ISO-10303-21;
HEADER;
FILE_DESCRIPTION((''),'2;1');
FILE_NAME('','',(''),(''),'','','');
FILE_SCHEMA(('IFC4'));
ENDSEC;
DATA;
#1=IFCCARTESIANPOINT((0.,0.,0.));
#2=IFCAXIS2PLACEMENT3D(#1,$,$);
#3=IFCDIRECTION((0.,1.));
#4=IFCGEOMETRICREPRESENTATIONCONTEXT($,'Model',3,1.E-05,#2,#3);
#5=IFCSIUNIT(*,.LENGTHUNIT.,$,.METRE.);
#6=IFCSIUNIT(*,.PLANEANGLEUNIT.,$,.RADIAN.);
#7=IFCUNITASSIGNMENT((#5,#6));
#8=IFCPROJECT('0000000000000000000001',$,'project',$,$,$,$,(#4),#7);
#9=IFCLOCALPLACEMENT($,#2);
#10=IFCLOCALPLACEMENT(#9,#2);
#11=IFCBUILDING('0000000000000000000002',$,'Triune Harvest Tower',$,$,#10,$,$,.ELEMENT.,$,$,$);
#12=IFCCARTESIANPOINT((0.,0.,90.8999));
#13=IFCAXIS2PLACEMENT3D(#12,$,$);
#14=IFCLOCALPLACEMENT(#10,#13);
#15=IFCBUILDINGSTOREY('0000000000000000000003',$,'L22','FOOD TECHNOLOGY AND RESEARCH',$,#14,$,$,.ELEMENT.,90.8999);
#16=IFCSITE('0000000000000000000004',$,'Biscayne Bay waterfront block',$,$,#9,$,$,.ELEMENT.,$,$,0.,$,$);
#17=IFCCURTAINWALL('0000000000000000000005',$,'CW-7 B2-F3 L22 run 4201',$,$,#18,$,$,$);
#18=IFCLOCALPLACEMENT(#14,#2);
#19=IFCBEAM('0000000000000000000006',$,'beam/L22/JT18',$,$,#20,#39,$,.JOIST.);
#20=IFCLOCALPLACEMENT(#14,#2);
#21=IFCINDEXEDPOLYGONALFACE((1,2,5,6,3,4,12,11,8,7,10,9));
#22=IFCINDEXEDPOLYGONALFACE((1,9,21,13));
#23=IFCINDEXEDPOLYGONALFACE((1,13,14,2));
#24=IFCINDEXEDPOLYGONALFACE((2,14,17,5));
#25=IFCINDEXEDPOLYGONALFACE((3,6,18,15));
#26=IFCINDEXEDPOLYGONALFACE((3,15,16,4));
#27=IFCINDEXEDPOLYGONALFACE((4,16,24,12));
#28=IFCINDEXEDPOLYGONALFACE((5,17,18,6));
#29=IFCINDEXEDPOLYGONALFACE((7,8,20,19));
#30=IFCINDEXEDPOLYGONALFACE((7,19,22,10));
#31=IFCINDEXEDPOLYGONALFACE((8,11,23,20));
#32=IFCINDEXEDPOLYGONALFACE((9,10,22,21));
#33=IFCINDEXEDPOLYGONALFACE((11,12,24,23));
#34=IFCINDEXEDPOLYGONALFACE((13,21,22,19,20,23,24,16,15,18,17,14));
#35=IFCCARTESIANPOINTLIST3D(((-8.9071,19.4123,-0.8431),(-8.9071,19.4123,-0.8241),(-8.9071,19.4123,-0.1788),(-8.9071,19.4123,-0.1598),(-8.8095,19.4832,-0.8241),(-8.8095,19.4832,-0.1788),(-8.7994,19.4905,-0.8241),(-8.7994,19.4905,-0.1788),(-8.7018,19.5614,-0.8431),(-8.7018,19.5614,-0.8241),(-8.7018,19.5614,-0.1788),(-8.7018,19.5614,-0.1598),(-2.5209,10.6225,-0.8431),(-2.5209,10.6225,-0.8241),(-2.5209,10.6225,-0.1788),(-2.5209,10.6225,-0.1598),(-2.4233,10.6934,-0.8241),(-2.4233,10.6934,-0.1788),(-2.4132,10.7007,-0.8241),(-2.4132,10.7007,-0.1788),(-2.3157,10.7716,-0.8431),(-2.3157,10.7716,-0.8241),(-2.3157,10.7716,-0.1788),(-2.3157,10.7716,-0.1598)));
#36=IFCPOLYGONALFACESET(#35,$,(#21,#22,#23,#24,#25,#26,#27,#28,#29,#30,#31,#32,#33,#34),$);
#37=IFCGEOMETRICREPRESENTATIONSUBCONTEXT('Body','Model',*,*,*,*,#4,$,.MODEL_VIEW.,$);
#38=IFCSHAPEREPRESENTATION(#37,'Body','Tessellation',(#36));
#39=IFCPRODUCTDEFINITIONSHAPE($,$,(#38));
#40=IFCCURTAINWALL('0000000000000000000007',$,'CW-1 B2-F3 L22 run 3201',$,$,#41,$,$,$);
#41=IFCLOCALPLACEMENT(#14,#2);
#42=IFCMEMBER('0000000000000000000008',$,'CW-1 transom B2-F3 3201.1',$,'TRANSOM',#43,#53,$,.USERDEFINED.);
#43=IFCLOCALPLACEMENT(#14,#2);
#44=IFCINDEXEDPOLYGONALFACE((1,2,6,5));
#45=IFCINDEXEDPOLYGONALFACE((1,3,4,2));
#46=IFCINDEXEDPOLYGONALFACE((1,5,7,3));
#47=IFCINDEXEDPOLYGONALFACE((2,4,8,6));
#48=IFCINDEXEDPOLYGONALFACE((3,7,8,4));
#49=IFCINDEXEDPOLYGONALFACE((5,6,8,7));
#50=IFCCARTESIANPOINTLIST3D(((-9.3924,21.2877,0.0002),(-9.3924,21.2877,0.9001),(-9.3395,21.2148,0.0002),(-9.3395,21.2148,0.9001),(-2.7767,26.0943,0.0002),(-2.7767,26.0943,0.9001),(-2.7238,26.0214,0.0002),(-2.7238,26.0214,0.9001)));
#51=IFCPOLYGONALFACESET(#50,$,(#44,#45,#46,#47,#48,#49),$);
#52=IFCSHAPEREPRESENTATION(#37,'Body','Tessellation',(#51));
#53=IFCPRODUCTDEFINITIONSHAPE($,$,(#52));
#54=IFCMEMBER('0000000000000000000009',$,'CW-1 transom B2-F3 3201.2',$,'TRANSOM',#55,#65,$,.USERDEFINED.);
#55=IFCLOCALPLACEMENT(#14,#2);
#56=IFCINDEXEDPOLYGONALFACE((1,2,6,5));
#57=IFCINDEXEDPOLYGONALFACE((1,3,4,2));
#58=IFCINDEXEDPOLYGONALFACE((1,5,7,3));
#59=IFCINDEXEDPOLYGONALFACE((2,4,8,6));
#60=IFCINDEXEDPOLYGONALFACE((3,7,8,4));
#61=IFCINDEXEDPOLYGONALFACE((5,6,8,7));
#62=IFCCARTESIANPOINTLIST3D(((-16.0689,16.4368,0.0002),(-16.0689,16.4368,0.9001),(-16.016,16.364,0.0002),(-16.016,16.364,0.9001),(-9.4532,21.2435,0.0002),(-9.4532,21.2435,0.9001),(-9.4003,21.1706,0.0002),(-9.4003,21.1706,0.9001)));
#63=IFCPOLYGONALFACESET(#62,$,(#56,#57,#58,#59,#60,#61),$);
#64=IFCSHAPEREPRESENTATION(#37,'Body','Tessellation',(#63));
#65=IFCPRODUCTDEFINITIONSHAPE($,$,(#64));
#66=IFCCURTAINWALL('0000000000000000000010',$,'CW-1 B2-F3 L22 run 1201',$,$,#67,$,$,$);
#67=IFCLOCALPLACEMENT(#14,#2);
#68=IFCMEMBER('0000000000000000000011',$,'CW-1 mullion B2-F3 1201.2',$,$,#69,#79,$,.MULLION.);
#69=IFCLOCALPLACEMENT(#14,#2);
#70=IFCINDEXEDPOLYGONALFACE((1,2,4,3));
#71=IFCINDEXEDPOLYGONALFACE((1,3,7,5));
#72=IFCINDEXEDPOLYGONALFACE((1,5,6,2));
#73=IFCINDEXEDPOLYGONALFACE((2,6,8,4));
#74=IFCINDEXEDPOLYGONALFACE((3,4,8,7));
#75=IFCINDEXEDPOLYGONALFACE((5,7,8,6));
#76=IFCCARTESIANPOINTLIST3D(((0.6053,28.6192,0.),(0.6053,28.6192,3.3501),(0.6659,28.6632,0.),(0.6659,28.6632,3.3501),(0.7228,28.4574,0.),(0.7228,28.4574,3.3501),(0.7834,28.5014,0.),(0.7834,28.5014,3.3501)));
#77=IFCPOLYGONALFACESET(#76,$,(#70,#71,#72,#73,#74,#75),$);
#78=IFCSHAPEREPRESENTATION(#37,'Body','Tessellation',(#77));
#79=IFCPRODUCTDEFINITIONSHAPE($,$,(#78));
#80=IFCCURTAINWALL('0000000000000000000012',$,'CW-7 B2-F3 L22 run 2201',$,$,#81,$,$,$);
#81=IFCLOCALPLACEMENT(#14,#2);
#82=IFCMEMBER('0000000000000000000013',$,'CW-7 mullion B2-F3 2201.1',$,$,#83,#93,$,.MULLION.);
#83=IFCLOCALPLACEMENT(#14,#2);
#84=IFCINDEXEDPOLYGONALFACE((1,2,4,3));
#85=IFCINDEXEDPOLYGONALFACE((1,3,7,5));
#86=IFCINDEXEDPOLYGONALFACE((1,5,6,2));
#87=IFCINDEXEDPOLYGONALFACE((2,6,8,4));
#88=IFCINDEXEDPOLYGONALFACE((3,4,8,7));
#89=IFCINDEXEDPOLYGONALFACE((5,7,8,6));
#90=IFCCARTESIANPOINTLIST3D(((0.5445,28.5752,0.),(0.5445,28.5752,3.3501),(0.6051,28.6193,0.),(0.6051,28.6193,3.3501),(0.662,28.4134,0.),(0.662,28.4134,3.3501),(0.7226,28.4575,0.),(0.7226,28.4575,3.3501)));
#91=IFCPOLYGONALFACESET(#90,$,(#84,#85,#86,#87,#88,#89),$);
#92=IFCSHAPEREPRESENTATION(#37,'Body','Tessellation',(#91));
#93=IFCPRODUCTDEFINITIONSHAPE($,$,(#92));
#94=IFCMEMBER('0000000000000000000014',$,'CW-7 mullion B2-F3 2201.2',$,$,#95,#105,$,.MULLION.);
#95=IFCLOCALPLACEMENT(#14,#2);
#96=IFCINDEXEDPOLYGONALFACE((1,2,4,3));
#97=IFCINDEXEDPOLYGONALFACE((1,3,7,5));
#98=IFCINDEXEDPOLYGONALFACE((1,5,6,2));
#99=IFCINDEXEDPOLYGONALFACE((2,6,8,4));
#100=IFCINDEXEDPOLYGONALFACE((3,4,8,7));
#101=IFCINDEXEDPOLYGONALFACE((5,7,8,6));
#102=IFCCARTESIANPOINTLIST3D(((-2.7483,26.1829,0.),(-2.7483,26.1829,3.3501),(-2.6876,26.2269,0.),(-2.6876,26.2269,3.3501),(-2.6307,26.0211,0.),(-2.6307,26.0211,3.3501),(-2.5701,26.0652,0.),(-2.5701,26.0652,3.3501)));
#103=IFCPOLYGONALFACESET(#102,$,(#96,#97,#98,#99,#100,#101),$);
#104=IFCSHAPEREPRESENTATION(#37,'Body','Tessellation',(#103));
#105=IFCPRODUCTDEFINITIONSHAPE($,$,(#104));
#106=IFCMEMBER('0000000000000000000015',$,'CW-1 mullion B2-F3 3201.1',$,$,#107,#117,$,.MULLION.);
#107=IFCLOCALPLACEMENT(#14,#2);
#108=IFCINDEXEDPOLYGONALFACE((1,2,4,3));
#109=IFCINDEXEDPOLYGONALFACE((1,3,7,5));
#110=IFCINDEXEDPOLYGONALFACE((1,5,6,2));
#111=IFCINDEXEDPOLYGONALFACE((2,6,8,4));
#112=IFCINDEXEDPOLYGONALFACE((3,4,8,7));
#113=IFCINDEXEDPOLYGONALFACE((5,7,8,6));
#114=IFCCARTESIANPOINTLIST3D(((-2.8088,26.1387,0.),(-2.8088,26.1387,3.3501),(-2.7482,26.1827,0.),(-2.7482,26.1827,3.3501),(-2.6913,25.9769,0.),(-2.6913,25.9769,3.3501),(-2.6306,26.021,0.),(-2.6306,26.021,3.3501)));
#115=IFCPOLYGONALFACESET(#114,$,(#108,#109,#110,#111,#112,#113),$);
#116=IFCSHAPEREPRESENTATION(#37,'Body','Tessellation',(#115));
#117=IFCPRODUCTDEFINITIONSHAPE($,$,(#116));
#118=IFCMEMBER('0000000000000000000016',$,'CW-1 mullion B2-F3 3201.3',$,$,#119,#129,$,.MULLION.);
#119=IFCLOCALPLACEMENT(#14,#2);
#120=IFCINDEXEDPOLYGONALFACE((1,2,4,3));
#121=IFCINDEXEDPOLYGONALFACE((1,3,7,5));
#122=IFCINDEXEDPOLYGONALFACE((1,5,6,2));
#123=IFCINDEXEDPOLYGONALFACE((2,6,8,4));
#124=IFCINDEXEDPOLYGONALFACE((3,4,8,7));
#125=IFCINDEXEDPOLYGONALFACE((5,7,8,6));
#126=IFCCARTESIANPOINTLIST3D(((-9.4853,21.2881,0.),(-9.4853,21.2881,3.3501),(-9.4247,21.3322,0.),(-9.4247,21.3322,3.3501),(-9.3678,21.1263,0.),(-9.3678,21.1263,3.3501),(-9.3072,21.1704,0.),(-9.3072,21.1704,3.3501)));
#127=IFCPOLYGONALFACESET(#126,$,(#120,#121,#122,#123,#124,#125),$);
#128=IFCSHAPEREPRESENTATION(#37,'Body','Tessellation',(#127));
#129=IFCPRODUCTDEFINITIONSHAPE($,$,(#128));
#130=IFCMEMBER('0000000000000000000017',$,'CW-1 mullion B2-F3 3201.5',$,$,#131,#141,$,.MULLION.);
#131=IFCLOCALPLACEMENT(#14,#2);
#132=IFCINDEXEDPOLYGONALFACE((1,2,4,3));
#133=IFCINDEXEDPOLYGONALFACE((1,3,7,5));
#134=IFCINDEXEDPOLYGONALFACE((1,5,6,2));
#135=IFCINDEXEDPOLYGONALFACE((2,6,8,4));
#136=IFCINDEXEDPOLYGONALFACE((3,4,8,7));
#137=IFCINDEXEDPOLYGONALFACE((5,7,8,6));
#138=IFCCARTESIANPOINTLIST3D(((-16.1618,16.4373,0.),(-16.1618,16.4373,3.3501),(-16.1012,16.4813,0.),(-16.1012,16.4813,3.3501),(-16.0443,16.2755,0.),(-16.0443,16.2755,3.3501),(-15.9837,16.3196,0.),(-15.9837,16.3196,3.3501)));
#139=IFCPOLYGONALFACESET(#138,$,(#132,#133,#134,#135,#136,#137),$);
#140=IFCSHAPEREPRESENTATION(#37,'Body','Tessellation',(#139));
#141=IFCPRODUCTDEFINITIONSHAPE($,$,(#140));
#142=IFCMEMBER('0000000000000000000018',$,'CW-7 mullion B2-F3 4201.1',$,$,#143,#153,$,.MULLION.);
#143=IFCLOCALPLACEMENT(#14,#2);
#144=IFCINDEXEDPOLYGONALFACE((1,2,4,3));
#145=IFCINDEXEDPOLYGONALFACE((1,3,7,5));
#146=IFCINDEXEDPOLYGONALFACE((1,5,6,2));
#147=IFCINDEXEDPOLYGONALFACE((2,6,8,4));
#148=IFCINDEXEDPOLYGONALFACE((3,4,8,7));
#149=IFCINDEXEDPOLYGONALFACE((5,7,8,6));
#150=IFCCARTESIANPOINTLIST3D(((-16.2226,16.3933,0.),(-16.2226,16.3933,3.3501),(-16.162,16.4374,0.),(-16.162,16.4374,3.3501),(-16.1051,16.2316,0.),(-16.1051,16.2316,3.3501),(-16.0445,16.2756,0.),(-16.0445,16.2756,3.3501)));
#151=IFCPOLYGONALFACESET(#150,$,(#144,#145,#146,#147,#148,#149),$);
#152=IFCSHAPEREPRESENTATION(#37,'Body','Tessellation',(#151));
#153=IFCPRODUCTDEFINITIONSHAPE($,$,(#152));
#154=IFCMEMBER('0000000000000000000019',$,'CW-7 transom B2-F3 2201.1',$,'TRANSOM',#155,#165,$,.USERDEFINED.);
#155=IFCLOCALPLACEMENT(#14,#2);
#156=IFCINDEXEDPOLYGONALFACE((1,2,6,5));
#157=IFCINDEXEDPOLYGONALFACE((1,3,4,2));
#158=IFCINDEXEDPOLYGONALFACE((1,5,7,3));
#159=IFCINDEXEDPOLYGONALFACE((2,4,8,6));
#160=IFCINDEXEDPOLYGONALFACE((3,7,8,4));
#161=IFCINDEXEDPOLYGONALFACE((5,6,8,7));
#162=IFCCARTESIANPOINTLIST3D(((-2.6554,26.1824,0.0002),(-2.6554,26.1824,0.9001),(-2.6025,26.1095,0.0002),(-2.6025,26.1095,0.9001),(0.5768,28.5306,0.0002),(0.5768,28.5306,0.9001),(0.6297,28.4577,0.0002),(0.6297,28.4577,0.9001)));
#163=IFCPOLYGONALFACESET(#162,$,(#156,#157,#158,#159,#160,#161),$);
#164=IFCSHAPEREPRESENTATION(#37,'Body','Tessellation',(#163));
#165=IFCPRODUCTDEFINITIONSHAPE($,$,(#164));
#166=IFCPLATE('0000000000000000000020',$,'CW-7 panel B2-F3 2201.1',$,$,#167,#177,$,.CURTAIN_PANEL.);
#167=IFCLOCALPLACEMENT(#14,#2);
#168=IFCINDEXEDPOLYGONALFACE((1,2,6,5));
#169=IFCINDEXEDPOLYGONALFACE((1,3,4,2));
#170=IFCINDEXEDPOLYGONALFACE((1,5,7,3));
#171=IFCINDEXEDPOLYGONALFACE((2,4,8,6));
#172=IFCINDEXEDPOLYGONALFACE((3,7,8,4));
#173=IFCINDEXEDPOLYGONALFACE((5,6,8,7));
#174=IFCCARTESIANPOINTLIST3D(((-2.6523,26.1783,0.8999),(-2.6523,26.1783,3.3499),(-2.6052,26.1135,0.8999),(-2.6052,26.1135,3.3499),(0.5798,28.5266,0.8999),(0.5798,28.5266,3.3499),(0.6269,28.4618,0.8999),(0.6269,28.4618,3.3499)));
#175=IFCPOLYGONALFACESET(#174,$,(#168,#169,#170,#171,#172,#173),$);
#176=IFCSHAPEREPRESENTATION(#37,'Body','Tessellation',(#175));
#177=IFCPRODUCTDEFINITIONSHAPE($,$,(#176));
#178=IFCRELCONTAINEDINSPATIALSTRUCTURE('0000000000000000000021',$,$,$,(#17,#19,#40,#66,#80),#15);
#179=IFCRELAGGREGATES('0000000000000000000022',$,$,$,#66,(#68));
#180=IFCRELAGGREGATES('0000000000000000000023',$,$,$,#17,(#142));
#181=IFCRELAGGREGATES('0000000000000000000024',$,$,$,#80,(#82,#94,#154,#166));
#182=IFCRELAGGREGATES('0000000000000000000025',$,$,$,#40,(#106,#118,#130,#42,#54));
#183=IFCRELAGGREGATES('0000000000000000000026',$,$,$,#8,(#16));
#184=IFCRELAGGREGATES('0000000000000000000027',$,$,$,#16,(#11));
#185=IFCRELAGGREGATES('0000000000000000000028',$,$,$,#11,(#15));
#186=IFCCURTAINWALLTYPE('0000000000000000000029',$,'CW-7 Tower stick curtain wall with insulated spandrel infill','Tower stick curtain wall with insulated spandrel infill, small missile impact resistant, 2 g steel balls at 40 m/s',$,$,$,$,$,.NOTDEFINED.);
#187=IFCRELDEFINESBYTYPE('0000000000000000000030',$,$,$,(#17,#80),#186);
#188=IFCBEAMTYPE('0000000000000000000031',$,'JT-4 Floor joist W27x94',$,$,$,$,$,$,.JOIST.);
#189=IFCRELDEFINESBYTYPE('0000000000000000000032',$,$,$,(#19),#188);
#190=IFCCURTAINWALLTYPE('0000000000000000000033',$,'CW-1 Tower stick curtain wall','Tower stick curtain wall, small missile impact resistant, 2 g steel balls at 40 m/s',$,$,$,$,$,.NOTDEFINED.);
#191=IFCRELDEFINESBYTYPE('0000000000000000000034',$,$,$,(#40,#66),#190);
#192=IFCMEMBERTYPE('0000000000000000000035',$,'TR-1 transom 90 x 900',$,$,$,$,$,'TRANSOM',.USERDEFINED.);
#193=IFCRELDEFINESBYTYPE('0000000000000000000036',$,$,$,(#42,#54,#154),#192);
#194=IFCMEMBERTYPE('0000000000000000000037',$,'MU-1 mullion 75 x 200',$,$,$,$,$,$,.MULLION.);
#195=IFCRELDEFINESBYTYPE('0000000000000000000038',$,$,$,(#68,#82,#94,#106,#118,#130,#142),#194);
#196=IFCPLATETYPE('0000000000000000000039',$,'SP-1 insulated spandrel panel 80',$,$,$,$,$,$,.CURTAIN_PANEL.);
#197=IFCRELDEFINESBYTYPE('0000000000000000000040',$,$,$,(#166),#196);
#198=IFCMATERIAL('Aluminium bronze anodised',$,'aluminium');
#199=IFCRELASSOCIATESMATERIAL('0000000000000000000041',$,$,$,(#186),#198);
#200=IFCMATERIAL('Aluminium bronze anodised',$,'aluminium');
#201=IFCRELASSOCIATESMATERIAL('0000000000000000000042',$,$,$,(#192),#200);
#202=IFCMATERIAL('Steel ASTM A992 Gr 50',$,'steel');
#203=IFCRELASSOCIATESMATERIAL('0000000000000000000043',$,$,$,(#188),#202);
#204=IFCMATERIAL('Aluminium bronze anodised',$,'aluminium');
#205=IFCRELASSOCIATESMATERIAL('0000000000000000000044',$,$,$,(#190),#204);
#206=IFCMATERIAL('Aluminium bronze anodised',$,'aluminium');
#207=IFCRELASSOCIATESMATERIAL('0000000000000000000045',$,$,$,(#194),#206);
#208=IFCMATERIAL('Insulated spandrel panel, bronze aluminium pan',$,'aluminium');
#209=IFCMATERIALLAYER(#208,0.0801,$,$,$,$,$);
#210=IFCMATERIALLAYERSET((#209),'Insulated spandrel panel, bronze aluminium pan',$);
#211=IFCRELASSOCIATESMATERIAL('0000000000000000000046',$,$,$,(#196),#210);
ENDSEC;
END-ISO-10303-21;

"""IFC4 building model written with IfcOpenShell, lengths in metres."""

from ifc_helpers import new_model, si_unit, direction, frame, origin, origin_2d, place, context, subcontext, project, spatial, rectangle, i_section, extrude, source, transform, mapped, material, layer, layer_set, material_profile, profile_set, type_object, element, aggregate, save


model = new_model("IFC4")

# Units and contexts
model_context = context("Model", 3, precision=1e-05, world=origin(), true_north=direction((0.0, 1.0)))
body_context = subcontext(model_context, "Body", "Model", "MODEL_VIEW")
ifc_project = project(units=[si_unit("LENGTHUNIT", "METRE"), si_unit("PLANEANGLEUNIT", "RADIAN")], contexts=[model_context])

# Site, building, storey
site_placement = place(None, origin())
site = spatial("IfcSite", under=ifc_project, at=site_placement, Name="Biscayne Bay waterfront block", CompositionType="ELEMENT", RefElevation=0.0)
building_placement = place(site_placement, origin())
building = spatial("IfcBuilding", under=site, at=building_placement, Name="Triune Harvest Tower", CompositionType="ELEMENT")
storey_placement = place(building_placement, frame((0.0, 0.0, 90.8999)))
storey = spatial("IfcBuildingStorey", under=building, at=storey_placement, Name="L22", Description="FOOD TECHNOLOGY AND RESEARCH", CompositionType="ELEMENT", Elevation=90.8999)

# Curtain wall
ifc_material_1 = material(Name="Aluminium bronze anodised", Category="aluminium")
curtain_wall_type_1 = type_object("IfcCurtainWallType", Name="CW-7 Tower stick curtain wall with insulated spandrel infill", Description="Tower stick curtain wall with insulated spandrel infill, small missile impact resistant, 2 g steel balls at 40 m/s", PredefinedType="NOTDEFINED", material=ifc_material_1)
curtain_wall_1_placement = place(storey_placement, origin())
curtain_wall_1 = element("IfcCurtainWall", 1, at=curtain_wall_1_placement, inside=storey, type_object=curtain_wall_type_1, Name="CW-7 B2-F3 L22 run 4201")
ifc_material_2 = material(Name="Aluminium bronze anodised", Category="aluminium")
ifc_material_profile_1 = material_profile(ifc_material_2, rectangle(XDim=0.0901, YDim=0.8999, at=origin_2d()), Name="TR-1 transom 90 x 900")
ifc_profile_set_1 = profile_set([ifc_material_profile_1], Name="Aluminium bronze anodised")
member_type_1 = type_object("IfcMemberType", Name="TR-1 transom 90 x 900", ElementType="TRANSOM", PredefinedType="USERDEFINED", material=ifc_profile_set_1)

# Beam
ifc_material_3 = material(Name="Steel ASTM A992 Gr 50", Category="steel")
ifc_material_profile_2 = material_profile(ifc_material_3, i_section(OverallWidth=0.2537, OverallDepth=0.6833, WebThickness=0.0125, FlangeThickness=0.019, at=origin_2d()), Name="W27x94")
ifc_profile_set_2 = profile_set([ifc_material_profile_2], Name="Steel ASTM A992 Gr 50")
beam_type_1 = type_object("IfcBeamType", Name="JT-4 Floor joist W27x94", PredefinedType="JOIST", material=ifc_profile_set_2)
shared_shape_1 = source(origin(), body_context, "Body", "SweptSolid", [
    extrude(i_section(OverallWidth=0.2537, OverallDepth=0.6833, WebThickness=0.0125, FlangeThickness=0.019, at=origin_2d()), origin(), (0.0, 0.0, 1.0), 10.8647),
])
beam_1_placement = place(storey_placement, frame((-8.8044, 19.4868, -0.5015), z_axis=(0.58779, -0.809014, 0.0), x_axis=(0.809014, 0.58779, 0.0)))
element("IfcBeam", 2, at=beam_1_placement, inside=storey, type_object=beam_type_1, Name="beam/L22/JT18", PredefinedType="JOIST", context=body_context, shape_type="MappedRepresentation", body=[
    mapped(shared_shape_1, transform((0.0, 0.0, 0.0), scale=1.0)),
])

# Curtain wall, members
ifc_material_4 = material(Name="Aluminium bronze anodised", Category="aluminium")
curtain_wall_type_2 = type_object("IfcCurtainWallType", Name="CW-1 Tower stick curtain wall", Description="Tower stick curtain wall, small missile impact resistant, 2 g steel balls at 40 m/s", PredefinedType="NOTDEFINED", material=ifc_material_4)
curtain_wall_2_placement = place(storey_placement, origin())
curtain_wall_2 = element("IfcCurtainWall", 3, at=curtain_wall_2_placement, inside=storey, type_object=curtain_wall_type_2, Name="CW-1 B2-F3 L22 run 3201")
shared_shape_2 = source(origin(), body_context, "Body", "SweptSolid", [
    extrude(rectangle(XDim=0.0901, YDim=0.8999, at=origin_2d()), origin(), (0.0, 0.0, 1.0), 8.1775),
])
member_1_placement = place(storey_placement, frame((-2.7502, 26.0579, 0.4502), z_axis=(-0.809015, -0.587788, 0.0), x_axis=(0.587788, -0.809015, 0.0)))
member_1 = element("IfcMember", 4, at=member_1_placement, type_object=member_type_1, Name="CW-1 transom B2-F3 3201.1", ObjectType="TRANSOM", PredefinedType="USERDEFINED", context=body_context, shape_type="MappedRepresentation", body=[
    mapped(shared_shape_2, transform((0.0, 0.0, 0.0), scale=1.0)),
])
member_2_placement = place(storey_placement, frame((-9.4268, 21.207, 0.4502), z_axis=(-0.809015, -0.587788, 0.0), x_axis=(0.587788, -0.809015, 0.0)))
member_2 = element("IfcMember", 5, at=member_2_placement, type_object=member_type_1, Name="CW-1 transom B2-F3 3201.2", ObjectType="TRANSOM", PredefinedType="USERDEFINED", context=body_context, shape_type="MappedRepresentation", body=[
    mapped(shared_shape_2, transform((0.0, 0.0, 0.0), scale=1.0)),
])

# Curtain wall, member
curtain_wall_3_placement = place(storey_placement, origin())
curtain_wall_3 = element("IfcCurtainWall", 6, at=curtain_wall_3_placement, inside=storey, type_object=curtain_wall_type_2, Name="CW-1 B2-F3 L22 run 1201")
ifc_material_5 = material(Name="Aluminium bronze anodised", Category="aluminium")
ifc_material_profile_3 = material_profile(ifc_material_5, rectangle(XDim=0.2, YDim=0.075, at=origin_2d()), Name="MU-1 mullion 75 x 200")
ifc_profile_set_3 = profile_set([ifc_material_profile_3], Name="Aluminium bronze anodised")
member_type_2 = type_object("IfcMemberType", Name="MU-1 mullion 75 x 200", PredefinedType="MULLION", material=ifc_profile_set_3)
shared_shape_3 = source(origin(), body_context, "Body", "SweptSolid", [
    extrude(rectangle(XDim=0.2, YDim=0.075, at=origin_2d()), origin(), (0.0, 0.0, 1.0), 3.3501),
])
member_3_placement = place(storey_placement, frame((0.6943, 28.5603, 0.0), z_axis=(0.0, 0.0, 1.0), x_axis=(0.587787, -0.809016, 0.0)))
member_3 = element("IfcMember", 7, at=member_3_placement, type_object=member_type_2, Name="CW-1 mullion B2-F3 1201.2", PredefinedType="MULLION", context=body_context, shape_type="MappedRepresentation", body=[
    mapped(shared_shape_3, transform((0.0, 0.0, 0.0), scale=1.0)),
])
aggregate(curtain_wall_3, [member_3])

# Curtain wall, members
curtain_wall_4_placement = place(storey_placement, origin())
curtain_wall_4 = element("IfcCurtainWall", 8, at=curtain_wall_4_placement, inside=storey, type_object=curtain_wall_type_1, Name="CW-7 B2-F3 L22 run 2201")
member_4_placement = place(storey_placement, frame((0.6335, 28.5164, 0.0), z_axis=(0.0, 0.0, 1.0), x_axis=(0.587787, -0.809016, 0.0)))
member_4 = element("IfcMember", 9, at=member_4_placement, type_object=member_type_2, Name="CW-7 mullion B2-F3 2201.1", PredefinedType="MULLION", context=body_context, shape_type="MappedRepresentation", body=[
    mapped(shared_shape_3, transform((0.0, 0.0, 0.0), scale=1.0)),
])
member_5_placement = place(storey_placement, frame((-2.6592, 26.124, 0.0), z_axis=(0.0, 0.0, 1.0), x_axis=(0.587787, -0.809016, 0.0)))
member_5 = element("IfcMember", 10, at=member_5_placement, type_object=member_type_2, Name="CW-7 mullion B2-F3 2201.2", PredefinedType="MULLION", context=body_context, shape_type="MappedRepresentation", body=[
    mapped(shared_shape_3, transform((0.0, 0.0, 0.0), scale=1.0)),
])

# Members
member_6_placement = place(storey_placement, frame((-2.7197, 26.0798, 0.0), z_axis=(0.0, 0.0, 1.0), x_axis=(0.587783, -0.809018, 0.0)))
member_6 = element("IfcMember", 11, at=member_6_placement, type_object=member_type_2, Name="CW-1 mullion B2-F3 3201.1", PredefinedType="MULLION", context=body_context, shape_type="MappedRepresentation", body=[
    mapped(shared_shape_3, transform((0.0, 0.0, 0.0), scale=1.0)),
])
member_7_placement = place(storey_placement, frame((-9.3962, 21.2292, 0.0), z_axis=(0.0, 0.0, 1.0), x_axis=(0.587783, -0.809018, 0.0)))
member_7 = element("IfcMember", 12, at=member_7_placement, type_object=member_type_2, Name="CW-1 mullion B2-F3 3201.3", PredefinedType="MULLION", context=body_context, shape_type="MappedRepresentation", body=[
    mapped(shared_shape_3, transform((0.0, 0.0, 0.0), scale=1.0)),
])
member_8_placement = place(storey_placement, frame((-16.0728, 16.3784, 0.0), z_axis=(0.0, 0.0, 1.0), x_axis=(0.587783, -0.809018, 0.0)))
member_8 = element("IfcMember", 13, at=member_8_placement, type_object=member_type_2, Name="CW-1 mullion B2-F3 3201.5", PredefinedType="MULLION", context=body_context, shape_type="MappedRepresentation", body=[
    mapped(shared_shape_3, transform((0.0, 0.0, 0.0), scale=1.0)),
])
member_9_placement = place(storey_placement, frame((-16.1335, 16.3345, 0.0), z_axis=(0.0, 0.0, 1.0), x_axis=(0.587787, -0.809016, 0.0)))
member_9 = element("IfcMember", 14, at=member_9_placement, type_object=member_type_2, Name="CW-7 mullion B2-F3 4201.1", PredefinedType="MULLION", context=body_context, shape_type="MappedRepresentation", body=[
    mapped(shared_shape_3, transform((0.0, 0.0, 0.0), scale=1.0)),
])
aggregate(curtain_wall_1, [member_9])
shared_shape_4 = source(origin(), body_context, "Body", "SweptSolid", [
    extrude(rectangle(XDim=0.0901, YDim=0.8999, at=origin_2d()), origin(), (0.0, 0.0, 1.0), 3.9951),
])
member_10_placement = place(storey_placement, frame((0.6033, 28.4941, 0.4502), z_axis=(-0.809037, -0.587757, 0.0), x_axis=(0.587757, -0.809037, 0.0)))
member_10 = element("IfcMember", 15, at=member_10_placement, type_object=member_type_1, Name="CW-7 transom B2-F3 2201.1", ObjectType="TRANSOM", PredefinedType="USERDEFINED", context=body_context, shape_type="MappedRepresentation", body=[
    mapped(shared_shape_4, transform((0.0, 0.0, 0.0), scale=1.0)),
])

# Plate
ifc_material_6 = material(Name="Insulated spandrel panel, bronze aluminium pan", Category="aluminium")
ifc_layer_1 = layer(ifc_material_6, 0.0801)
ifc_layer_set_1 = layer_set([ifc_layer_1], Name="Insulated spandrel panel, bronze aluminium pan")
plate_type_1 = type_object("IfcPlateType", Name="SP-1 insulated spandrel panel 80", PredefinedType="CURTAIN_PANEL", material=ifc_layer_set_1)
shared_shape_5 = source(origin(), body_context, "Body", "SweptSolid", [
    extrude(rectangle(XDim=3.9951, YDim=0.0801, at=origin_2d()), origin(), (0.0, 0.0, 1.0), 2.45),
])
plate_1_placement = place(storey_placement, frame((-1.0127, 27.3201, 0.8999), z_axis=(0.0, 0.0, 1.0), x_axis=(-0.809016, -0.587787, 0.0)))
plate_1 = element("IfcPlate", 16, at=plate_1_placement, type_object=plate_type_1, Name="CW-7 panel B2-F3 2201.1", PredefinedType="CURTAIN_PANEL", context=body_context, shape_type="MappedRepresentation", body=[
    mapped(shared_shape_5, transform((0.0, 0.0, 0.0), scale=1.0)),
])
aggregate(curtain_wall_4, [member_4, member_5, member_10, plate_1])
aggregate(curtain_wall_2, [member_6, member_7, member_8, member_1, member_2])

save(model, "model.ifc")
